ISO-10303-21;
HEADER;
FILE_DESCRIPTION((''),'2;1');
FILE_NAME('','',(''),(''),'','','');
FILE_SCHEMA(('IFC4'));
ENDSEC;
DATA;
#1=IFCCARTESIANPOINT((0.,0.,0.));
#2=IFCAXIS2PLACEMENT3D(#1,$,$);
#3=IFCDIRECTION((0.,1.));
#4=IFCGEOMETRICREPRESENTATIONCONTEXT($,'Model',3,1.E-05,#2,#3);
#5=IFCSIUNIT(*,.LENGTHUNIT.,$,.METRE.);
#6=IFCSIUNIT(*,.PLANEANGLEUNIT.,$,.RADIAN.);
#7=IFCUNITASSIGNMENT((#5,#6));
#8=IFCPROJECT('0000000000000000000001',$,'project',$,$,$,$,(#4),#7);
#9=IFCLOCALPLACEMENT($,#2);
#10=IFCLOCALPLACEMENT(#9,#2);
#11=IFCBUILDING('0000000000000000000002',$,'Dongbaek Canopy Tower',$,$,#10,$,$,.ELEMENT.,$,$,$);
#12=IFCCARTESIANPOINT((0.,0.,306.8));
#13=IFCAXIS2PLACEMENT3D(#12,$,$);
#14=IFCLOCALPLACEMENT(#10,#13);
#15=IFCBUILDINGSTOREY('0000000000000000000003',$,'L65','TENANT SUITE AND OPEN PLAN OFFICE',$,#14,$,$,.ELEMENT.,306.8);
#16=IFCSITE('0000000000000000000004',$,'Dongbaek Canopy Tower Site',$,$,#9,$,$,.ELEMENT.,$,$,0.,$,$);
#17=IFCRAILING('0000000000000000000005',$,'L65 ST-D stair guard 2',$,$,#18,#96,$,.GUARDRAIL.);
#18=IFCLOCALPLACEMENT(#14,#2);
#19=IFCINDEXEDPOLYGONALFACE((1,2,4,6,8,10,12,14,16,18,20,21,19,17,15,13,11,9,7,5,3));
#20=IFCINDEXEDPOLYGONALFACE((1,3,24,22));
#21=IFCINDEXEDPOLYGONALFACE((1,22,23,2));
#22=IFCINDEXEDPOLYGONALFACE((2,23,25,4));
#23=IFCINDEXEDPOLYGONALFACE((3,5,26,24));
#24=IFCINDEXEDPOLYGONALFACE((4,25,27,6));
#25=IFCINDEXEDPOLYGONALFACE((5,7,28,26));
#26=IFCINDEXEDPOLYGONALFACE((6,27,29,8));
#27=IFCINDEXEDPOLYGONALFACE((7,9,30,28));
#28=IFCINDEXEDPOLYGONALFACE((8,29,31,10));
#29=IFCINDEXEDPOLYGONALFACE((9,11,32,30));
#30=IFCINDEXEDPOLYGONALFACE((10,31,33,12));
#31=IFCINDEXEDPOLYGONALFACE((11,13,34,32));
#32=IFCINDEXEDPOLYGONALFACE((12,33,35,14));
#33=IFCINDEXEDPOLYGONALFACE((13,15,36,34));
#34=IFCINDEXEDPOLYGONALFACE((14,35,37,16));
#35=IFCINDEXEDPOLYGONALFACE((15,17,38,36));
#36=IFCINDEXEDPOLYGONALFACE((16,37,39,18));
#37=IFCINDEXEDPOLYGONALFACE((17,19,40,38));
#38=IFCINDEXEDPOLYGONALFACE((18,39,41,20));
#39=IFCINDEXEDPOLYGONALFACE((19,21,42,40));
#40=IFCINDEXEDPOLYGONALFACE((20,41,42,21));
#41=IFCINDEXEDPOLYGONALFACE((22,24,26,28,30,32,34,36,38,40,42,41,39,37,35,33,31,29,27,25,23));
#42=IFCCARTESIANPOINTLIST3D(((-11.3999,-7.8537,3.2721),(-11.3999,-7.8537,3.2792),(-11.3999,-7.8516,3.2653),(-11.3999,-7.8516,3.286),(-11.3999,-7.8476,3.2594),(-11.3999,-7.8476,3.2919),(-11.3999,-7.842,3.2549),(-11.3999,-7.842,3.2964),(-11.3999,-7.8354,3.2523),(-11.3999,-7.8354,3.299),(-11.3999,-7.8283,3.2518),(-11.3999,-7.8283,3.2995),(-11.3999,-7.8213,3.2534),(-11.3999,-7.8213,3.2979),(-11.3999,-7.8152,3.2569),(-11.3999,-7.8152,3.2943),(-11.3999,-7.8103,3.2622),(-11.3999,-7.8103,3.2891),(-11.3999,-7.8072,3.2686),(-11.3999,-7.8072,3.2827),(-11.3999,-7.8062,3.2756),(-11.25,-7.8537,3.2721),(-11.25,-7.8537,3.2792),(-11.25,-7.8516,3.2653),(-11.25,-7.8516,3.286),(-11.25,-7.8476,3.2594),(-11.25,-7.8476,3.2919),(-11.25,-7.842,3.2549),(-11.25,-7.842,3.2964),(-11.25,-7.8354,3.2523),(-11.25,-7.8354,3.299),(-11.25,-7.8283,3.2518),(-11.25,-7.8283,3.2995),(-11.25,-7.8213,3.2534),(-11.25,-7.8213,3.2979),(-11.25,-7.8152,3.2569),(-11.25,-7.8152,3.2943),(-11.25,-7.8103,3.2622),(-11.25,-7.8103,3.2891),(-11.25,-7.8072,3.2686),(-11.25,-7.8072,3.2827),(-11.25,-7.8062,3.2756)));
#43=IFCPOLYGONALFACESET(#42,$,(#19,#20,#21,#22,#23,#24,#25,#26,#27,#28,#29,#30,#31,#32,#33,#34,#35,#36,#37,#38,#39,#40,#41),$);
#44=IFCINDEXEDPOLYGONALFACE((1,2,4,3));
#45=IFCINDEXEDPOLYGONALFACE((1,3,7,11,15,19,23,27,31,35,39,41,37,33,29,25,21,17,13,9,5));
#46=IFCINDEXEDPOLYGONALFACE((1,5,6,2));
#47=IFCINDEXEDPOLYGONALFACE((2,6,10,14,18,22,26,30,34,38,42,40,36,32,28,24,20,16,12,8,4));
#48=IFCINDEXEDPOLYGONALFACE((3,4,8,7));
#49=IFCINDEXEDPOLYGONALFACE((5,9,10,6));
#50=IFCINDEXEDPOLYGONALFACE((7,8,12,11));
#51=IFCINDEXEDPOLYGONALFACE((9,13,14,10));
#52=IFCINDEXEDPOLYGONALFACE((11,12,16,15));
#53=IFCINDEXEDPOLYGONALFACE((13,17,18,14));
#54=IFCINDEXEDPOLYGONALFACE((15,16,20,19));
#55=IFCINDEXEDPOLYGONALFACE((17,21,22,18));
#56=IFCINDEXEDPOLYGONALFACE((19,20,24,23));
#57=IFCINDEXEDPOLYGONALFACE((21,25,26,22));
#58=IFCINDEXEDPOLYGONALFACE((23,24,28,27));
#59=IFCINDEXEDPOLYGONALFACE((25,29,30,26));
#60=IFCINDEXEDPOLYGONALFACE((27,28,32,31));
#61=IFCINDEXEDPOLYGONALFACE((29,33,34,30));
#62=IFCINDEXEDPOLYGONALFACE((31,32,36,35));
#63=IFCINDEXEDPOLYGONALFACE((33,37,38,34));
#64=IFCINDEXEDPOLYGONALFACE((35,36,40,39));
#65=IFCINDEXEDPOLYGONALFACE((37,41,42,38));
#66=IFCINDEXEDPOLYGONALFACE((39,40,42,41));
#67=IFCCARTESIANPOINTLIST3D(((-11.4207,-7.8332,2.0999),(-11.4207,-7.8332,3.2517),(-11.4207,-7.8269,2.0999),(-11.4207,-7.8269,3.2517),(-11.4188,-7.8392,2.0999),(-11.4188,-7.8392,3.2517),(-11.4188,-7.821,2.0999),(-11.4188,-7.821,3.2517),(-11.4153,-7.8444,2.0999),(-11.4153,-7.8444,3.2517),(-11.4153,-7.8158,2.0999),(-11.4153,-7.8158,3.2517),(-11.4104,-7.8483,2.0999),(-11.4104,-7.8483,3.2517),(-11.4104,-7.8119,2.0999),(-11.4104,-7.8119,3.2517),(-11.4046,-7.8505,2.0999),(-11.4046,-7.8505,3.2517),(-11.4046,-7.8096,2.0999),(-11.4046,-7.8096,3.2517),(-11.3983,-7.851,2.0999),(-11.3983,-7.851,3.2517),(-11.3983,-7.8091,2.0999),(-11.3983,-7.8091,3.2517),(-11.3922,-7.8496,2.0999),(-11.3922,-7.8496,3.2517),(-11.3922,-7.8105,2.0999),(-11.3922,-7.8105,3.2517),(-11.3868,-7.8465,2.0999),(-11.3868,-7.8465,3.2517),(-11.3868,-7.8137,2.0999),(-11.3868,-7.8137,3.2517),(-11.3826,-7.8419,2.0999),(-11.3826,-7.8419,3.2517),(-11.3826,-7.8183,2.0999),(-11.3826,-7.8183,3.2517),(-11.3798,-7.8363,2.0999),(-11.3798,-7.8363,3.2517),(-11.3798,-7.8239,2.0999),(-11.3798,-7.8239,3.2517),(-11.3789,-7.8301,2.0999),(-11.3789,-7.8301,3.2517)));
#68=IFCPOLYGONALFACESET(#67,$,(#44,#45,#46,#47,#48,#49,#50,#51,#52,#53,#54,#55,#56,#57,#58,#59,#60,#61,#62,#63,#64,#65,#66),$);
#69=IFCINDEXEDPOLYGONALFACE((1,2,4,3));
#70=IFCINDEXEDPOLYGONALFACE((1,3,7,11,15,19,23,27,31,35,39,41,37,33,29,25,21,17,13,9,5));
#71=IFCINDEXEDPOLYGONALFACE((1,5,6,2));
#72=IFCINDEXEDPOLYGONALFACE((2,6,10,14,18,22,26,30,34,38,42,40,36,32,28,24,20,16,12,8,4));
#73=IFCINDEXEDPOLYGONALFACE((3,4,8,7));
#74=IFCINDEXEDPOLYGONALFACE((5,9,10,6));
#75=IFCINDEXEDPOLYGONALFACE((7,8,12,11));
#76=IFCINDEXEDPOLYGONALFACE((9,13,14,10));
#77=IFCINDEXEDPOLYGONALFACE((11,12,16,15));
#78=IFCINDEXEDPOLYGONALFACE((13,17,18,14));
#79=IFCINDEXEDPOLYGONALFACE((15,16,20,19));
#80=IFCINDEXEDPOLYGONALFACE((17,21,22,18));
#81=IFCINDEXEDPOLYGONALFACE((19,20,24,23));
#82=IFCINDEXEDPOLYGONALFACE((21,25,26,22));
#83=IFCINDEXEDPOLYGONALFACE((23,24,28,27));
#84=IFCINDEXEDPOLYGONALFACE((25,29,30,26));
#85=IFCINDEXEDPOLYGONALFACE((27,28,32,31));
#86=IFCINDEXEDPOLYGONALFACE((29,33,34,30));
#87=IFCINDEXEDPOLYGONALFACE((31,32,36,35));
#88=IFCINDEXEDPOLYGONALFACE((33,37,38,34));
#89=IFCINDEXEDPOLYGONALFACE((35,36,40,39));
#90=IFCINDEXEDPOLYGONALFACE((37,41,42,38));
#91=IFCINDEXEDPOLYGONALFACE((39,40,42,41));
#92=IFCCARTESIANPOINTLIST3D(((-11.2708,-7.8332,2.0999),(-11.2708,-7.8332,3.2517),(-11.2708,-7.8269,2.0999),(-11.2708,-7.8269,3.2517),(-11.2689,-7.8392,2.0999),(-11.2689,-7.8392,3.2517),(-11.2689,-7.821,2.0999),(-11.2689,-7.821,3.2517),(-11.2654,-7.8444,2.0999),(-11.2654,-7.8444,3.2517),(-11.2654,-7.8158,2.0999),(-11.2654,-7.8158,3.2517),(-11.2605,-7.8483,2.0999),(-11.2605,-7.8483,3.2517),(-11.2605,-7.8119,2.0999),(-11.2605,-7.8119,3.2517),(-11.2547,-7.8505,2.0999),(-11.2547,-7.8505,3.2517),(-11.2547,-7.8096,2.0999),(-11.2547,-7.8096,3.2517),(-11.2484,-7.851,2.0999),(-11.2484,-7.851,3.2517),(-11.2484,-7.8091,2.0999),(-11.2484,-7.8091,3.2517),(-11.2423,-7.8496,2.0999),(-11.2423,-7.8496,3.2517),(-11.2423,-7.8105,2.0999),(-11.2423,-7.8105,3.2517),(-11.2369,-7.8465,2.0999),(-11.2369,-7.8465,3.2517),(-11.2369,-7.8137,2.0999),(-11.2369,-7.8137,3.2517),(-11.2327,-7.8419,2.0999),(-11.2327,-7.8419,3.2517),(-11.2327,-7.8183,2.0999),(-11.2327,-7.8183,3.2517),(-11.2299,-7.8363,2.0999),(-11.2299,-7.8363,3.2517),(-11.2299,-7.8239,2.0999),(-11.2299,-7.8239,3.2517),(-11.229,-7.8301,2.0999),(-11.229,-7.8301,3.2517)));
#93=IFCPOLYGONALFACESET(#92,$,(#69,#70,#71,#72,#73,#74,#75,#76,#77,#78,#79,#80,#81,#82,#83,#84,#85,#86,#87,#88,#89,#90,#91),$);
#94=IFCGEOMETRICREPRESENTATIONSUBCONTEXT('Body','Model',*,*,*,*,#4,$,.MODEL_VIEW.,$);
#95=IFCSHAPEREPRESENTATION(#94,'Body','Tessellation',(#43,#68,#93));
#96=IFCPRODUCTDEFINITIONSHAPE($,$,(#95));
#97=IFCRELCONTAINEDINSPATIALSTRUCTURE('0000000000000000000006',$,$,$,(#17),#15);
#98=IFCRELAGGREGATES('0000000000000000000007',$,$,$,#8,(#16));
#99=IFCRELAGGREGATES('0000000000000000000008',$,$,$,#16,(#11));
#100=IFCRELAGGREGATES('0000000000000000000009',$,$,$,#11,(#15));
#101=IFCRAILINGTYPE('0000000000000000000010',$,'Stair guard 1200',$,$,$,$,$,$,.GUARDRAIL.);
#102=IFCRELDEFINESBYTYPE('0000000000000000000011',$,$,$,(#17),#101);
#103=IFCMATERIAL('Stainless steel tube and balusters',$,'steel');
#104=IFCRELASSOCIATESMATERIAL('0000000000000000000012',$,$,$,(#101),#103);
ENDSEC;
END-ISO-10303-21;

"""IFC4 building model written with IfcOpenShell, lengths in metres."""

from ifc_helpers import new_model, si_unit, direction, frame, origin, origin_2d, place, context, subcontext, project, spatial, circle, extrude, material, type_object, element, save


model = new_model("IFC4")

# Units and contexts
model_context = context("Model", 3, precision=1e-05, world=origin(), true_north=direction((0.0, 1.0)))
body_context = subcontext(model_context, "Body", "Model", "MODEL_VIEW")
ifc_project = project(units=[si_unit("LENGTHUNIT", "METRE"), si_unit("PLANEANGLEUNIT", "RADIAN")], contexts=[model_context])

# Site, building, storey
site_placement = place(None, origin())
site = spatial("IfcSite", under=ifc_project, at=site_placement, Name="Dongbaek Canopy Tower Site", CompositionType="ELEMENT", RefElevation=0.0)
building_placement = place(site_placement, origin())
building = spatial("IfcBuilding", under=site, at=building_placement, Name="Dongbaek Canopy Tower", CompositionType="ELEMENT")
storey_placement = place(building_placement, frame((0.0, 0.0, 306.8)))
storey = spatial("IfcBuildingStorey", under=building, at=storey_placement, Name="L65", Description="TENANT SUITE AND OPEN PLAN OFFICE", CompositionType="ELEMENT", Elevation=306.8)

# Railing
ifc_material_1 = material(Name="Stainless steel tube and balusters", Category="steel")
railing_type_1 = type_object("IfcRailingType", Name="Stair guard 1200", PredefinedType="GUARDRAIL", material=ifc_material_1)
railing_1_placement = place(storey_placement, frame((-11.3999, -7.8301, 2.0999)))
element("IfcRailing", 1, at=railing_1_placement, inside=storey, type_object=railing_type_1, Name="L65 ST-D stair guard 2", PredefinedType="GUARDRAIL", context=body_context, shape_type="SweptSolid", body=[
    extrude(circle(Radius=0.0239, at=origin_2d()), frame((0.0, 0.0, 1.1758), z_axis=(1.0, 0.0, 0.0), x_axis=(0.0, 1.0, 0.0)), (0.0, 0.0, 1.0), 0.1499),
    extrude(circle(Radius=0.021, at=origin_2d()), origin(), (0.0, 0.0, 1.0), 1.1519),
    extrude(circle(Radius=0.021, at=origin_2d()), frame((0.1499, 0.0, 0.0)), (0.0, 0.0, 1.0), 1.1519),
])

save(model, "model.ifc")
